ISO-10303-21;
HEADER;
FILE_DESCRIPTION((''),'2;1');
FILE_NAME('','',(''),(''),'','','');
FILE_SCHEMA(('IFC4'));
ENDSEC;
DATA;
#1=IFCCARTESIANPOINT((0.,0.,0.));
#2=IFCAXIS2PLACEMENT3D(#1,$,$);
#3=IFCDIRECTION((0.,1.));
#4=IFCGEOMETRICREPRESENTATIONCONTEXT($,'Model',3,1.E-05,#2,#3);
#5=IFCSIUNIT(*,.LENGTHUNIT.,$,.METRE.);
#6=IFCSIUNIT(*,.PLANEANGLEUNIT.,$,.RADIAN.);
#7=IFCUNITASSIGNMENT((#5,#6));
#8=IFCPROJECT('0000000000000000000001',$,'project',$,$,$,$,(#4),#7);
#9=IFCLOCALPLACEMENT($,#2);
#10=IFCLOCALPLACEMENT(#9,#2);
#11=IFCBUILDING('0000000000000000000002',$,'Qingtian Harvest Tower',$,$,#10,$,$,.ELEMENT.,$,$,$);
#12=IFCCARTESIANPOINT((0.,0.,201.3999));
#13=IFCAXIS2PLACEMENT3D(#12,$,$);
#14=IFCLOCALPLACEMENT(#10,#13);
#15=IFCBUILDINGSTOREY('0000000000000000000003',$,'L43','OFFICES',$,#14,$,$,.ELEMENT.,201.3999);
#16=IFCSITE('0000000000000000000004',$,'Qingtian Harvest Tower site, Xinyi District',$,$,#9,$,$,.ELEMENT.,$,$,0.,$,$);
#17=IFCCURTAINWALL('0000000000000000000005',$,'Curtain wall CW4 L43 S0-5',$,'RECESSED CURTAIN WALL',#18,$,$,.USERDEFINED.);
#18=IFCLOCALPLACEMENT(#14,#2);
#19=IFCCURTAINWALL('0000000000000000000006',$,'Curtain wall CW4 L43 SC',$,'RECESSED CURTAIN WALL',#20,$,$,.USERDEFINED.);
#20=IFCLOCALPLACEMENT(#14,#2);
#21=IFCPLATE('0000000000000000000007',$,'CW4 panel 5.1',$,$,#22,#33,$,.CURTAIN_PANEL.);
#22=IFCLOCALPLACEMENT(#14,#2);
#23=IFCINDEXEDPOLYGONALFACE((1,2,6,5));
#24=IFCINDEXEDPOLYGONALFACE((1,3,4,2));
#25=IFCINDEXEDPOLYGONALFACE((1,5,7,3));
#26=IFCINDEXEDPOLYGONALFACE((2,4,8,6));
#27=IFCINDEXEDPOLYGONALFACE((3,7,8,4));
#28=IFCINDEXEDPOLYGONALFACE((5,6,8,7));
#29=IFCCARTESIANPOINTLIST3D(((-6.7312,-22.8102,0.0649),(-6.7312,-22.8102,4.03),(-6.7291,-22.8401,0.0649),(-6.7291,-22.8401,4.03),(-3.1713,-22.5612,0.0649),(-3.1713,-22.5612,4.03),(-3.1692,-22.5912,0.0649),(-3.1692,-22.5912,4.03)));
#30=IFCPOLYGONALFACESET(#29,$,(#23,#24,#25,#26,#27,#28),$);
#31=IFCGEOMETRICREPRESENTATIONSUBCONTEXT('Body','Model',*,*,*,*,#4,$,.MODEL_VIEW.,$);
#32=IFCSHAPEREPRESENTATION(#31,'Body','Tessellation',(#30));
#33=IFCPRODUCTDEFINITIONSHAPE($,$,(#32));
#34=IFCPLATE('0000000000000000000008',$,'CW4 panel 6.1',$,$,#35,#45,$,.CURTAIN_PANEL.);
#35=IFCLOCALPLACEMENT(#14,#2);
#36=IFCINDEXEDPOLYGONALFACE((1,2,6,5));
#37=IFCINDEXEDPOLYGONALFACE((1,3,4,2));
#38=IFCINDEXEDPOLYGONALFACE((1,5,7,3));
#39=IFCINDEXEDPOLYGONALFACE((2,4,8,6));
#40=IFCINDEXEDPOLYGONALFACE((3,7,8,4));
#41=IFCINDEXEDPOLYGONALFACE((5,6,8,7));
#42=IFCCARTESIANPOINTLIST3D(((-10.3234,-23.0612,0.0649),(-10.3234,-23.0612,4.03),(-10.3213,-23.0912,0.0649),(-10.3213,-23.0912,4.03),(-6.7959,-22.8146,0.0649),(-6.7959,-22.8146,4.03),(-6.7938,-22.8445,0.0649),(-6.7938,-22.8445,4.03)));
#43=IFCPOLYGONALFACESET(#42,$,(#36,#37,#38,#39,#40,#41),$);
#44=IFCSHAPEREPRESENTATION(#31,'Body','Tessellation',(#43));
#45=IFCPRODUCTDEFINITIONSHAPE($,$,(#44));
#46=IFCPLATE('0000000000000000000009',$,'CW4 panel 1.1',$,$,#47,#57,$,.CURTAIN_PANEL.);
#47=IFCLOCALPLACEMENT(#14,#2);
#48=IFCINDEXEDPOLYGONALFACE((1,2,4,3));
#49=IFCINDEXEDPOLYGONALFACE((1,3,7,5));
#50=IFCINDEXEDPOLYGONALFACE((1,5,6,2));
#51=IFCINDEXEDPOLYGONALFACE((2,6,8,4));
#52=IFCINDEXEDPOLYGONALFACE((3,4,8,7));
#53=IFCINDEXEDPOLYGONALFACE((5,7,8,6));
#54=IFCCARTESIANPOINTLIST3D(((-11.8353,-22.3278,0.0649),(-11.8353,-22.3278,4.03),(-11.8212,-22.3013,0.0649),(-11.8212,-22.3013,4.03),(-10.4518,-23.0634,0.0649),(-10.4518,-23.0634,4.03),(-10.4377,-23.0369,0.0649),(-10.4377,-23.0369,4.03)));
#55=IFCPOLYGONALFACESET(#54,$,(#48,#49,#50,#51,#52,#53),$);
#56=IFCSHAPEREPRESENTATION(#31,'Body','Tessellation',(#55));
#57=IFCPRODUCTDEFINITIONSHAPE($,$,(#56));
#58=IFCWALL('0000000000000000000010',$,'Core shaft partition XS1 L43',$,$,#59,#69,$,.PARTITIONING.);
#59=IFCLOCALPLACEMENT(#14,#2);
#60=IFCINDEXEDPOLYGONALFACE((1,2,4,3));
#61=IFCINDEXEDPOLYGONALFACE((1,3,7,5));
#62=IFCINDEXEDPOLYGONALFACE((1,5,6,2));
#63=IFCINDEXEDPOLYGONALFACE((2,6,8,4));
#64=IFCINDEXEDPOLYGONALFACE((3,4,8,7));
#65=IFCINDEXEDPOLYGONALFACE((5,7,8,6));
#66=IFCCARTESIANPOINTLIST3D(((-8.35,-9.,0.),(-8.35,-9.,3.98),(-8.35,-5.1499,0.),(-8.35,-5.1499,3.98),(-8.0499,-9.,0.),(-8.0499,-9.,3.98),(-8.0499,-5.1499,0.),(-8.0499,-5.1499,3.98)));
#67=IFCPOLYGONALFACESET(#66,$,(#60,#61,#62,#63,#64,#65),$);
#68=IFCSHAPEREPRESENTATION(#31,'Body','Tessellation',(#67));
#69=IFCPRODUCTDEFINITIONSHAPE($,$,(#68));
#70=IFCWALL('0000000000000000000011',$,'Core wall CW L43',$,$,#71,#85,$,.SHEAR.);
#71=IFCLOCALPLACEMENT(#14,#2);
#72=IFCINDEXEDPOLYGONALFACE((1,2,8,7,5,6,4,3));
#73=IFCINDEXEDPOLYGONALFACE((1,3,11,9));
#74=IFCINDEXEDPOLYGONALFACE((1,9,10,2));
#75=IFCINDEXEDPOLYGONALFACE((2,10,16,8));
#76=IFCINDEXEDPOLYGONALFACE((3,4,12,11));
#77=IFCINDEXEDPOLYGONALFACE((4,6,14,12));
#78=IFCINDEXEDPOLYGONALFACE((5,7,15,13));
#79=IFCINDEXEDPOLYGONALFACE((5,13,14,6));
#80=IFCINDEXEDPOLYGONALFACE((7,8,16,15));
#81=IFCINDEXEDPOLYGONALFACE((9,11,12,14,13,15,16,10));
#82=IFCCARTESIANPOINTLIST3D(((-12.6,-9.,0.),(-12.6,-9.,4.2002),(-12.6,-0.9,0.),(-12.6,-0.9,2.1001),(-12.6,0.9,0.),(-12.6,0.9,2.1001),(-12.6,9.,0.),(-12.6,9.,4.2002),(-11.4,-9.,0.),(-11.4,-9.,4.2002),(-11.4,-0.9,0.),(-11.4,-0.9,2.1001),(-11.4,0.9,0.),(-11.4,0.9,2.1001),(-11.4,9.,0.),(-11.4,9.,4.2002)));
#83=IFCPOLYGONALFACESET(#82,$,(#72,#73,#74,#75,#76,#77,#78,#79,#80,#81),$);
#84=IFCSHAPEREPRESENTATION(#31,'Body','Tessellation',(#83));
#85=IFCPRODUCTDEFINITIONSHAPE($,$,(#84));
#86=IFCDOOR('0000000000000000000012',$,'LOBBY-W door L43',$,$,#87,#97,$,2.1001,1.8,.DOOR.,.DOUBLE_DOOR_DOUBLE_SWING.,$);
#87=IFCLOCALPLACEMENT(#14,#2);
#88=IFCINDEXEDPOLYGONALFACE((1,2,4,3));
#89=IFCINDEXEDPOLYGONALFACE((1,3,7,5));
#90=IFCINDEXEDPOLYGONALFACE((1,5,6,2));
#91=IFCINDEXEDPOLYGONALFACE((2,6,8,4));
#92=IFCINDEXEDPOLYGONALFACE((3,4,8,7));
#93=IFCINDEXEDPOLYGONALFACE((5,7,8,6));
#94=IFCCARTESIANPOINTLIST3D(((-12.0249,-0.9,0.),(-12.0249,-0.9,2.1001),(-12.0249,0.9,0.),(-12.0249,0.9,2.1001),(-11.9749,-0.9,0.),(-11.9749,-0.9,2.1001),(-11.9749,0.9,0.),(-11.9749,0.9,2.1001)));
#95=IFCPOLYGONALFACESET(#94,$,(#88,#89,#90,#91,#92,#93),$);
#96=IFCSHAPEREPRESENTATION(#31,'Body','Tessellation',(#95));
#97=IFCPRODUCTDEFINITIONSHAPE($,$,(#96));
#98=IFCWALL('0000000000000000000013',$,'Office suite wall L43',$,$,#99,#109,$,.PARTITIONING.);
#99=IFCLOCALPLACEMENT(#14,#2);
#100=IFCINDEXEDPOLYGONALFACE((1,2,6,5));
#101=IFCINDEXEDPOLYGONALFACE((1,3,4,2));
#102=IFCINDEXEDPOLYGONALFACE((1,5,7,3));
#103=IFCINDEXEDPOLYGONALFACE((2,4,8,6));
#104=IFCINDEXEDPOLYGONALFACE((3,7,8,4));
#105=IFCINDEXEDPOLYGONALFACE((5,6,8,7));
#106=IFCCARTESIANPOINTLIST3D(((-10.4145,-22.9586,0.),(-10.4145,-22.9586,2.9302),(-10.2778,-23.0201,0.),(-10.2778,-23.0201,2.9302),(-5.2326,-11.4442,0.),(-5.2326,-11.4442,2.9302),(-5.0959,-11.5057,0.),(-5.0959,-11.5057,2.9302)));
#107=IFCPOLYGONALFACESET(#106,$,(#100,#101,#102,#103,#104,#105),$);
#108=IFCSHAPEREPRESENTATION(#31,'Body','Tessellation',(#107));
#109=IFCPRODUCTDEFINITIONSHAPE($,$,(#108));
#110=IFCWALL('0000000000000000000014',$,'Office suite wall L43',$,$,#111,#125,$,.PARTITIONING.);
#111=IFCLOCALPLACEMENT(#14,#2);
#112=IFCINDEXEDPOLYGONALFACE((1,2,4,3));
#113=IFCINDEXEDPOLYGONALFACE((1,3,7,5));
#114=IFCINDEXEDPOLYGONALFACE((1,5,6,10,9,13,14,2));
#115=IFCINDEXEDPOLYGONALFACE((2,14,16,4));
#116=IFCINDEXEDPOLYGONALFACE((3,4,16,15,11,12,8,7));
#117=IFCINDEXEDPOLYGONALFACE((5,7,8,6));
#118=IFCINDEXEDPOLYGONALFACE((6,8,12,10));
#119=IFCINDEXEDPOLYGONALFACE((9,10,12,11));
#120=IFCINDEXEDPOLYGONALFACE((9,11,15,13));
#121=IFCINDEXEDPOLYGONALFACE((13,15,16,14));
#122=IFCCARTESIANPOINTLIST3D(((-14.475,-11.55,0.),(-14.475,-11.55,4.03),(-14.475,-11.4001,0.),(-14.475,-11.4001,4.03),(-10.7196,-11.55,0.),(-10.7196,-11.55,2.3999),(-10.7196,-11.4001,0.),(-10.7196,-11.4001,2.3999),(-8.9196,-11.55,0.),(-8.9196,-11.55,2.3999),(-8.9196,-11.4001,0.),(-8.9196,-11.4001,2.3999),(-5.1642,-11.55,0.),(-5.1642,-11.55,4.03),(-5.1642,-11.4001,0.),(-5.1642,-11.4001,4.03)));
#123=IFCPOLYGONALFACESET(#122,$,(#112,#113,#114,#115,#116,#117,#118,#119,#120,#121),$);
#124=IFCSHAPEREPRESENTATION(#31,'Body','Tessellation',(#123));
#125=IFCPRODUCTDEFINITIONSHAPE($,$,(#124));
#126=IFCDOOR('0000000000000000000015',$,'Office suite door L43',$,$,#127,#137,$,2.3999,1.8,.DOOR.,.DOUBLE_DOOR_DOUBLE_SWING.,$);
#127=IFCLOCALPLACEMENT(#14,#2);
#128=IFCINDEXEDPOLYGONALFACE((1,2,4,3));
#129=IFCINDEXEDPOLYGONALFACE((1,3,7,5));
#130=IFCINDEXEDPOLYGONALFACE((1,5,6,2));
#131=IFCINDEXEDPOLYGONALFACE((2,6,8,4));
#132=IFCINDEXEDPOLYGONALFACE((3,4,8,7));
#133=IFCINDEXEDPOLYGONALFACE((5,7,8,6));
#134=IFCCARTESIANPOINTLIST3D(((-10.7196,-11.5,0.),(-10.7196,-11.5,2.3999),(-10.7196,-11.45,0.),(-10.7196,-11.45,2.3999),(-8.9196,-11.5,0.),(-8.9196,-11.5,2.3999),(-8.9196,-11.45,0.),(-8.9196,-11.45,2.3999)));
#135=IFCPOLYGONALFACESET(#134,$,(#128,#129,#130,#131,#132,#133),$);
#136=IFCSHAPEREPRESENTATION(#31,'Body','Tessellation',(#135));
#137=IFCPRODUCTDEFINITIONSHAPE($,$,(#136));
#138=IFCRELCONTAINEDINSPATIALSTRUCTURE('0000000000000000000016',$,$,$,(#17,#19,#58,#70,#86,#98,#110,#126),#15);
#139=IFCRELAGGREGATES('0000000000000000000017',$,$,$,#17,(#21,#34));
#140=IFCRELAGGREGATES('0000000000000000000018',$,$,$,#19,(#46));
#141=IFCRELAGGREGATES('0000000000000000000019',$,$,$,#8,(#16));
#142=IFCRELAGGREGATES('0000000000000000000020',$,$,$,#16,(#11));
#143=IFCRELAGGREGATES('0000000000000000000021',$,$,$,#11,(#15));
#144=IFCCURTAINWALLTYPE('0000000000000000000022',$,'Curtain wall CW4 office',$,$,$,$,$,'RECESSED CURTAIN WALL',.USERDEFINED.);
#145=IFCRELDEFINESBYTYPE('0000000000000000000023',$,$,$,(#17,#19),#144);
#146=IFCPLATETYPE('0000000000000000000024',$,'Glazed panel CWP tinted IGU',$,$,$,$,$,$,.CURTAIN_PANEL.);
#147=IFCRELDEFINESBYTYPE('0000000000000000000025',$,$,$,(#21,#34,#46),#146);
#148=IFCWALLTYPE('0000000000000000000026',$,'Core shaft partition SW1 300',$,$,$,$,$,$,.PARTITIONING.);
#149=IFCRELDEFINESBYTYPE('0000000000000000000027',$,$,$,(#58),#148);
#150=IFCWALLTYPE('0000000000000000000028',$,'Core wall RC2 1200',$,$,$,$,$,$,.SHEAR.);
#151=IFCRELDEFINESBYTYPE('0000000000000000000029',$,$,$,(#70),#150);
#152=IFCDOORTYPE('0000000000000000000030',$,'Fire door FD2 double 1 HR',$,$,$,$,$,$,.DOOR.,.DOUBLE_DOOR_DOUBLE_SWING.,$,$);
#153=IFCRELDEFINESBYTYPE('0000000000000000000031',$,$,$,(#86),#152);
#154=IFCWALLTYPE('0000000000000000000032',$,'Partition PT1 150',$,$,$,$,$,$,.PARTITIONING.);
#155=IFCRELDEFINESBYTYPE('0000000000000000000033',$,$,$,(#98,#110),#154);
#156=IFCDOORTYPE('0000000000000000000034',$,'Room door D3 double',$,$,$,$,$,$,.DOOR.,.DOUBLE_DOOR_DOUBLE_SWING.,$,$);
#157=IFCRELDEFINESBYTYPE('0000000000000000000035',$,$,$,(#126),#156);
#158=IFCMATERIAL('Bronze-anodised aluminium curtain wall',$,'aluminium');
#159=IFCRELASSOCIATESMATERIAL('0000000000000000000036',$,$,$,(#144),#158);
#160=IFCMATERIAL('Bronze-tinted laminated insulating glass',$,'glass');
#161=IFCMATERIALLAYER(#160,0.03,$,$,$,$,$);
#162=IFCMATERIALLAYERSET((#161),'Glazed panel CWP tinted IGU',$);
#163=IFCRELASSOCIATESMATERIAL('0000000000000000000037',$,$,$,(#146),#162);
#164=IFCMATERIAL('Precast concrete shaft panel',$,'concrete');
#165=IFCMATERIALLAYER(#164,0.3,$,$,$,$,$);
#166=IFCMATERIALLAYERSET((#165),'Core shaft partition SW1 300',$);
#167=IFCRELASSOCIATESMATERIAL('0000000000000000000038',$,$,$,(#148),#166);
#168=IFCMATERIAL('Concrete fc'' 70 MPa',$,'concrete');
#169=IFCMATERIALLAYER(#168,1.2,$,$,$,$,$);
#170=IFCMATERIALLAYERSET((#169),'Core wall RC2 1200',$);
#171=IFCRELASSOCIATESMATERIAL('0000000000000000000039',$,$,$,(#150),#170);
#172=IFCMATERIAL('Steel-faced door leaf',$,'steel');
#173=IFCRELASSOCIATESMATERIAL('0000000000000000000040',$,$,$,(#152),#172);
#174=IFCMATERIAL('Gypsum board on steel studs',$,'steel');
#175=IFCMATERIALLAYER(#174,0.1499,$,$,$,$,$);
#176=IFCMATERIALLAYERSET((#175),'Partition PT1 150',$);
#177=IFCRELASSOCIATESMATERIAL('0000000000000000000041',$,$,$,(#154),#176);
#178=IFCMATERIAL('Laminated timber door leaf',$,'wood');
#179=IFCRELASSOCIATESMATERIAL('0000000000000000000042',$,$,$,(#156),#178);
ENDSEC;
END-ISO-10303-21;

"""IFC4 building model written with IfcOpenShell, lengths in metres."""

from ifc_helpers import new_model, si_unit, direction, frame, frame_2d, origin, origin_2d, place, context, subcontext, project, spatial, rectangle, extrude, material, layer, layer_set, type_object, element, fill, aggregate, save


model = new_model("IFC4")

# Units and contexts
model_context = context("Model", 3, precision=1e-05, world=origin(), true_north=direction((0.0, 1.0)))
body_context = subcontext(model_context, "Body", "Model", "MODEL_VIEW")
ifc_project = project(units=[si_unit("LENGTHUNIT", "METRE"), si_unit("PLANEANGLEUNIT", "RADIAN")], contexts=[model_context])

# Site, building, storey
site_placement = place(None, origin())
site = spatial("IfcSite", under=ifc_project, at=site_placement, Name="Qingtian Harvest Tower site, Xinyi District", CompositionType="ELEMENT", RefElevation=0.0)
building_placement = place(site_placement, origin())
building = spatial("IfcBuilding", under=site, at=building_placement, Name="Qingtian Harvest Tower", CompositionType="ELEMENT")
storey_placement = place(building_placement, frame((0.0, 0.0, 201.3999)))
storey = spatial("IfcBuildingStorey", under=building, at=storey_placement, Name="L43", Description="OFFICES", CompositionType="ELEMENT", Elevation=201.3999)

# Curtain walls
ifc_material_1 = material(Name="Bronze-anodised aluminium curtain wall", Category="aluminium")
curtain_wall_type = type_object("IfcCurtainWallType", Name="Curtain wall CW4 office", ElementType="RECESSED CURTAIN WALL", PredefinedType="USERDEFINED", material=ifc_material_1)
curtain_wall_1_placement = place(storey_placement, origin())
curtain_wall_1 = element("IfcCurtainWall", 1, at=curtain_wall_1_placement, inside=storey, type_object=curtain_wall_type, Name="Curtain wall CW4 L43 S0-5", ObjectType="RECESSED CURTAIN WALL", PredefinedType="USERDEFINED")
curtain_wall_2_placement = place(storey_placement, origin())
curtain_wall_2 = element("IfcCurtainWall", 2, at=curtain_wall_2_placement, inside=storey, type_object=curtain_wall_type, Name="Curtain wall CW4 L43 SC", ObjectType="RECESSED CURTAIN WALL", PredefinedType="USERDEFINED")

# Plates
ifc_material_2 = material(Name="Bronze-tinted laminated insulating glass", Category="glass")
ifc_layer_1 = layer(ifc_material_2, 0.03)
ifc_layer_set_1 = layer_set([ifc_layer_1], Name="Glazed panel CWP tinted IGU")
plate_type = type_object("IfcPlateType", Name="Glazed panel CWP tinted IGU", PredefinedType="CURTAIN_PANEL", material=ifc_layer_set_1)
plate_1_placement = place(storey_placement, frame((-4.9502, -22.7007, 0.0649), z_axis=(0.0, 0.0, 1.0), x_axis=(-0.997564, -0.069756, 0.0)))
plate_1 = element("IfcPlate", 3, at=plate_1_placement, type_object=plate_type, Name="CW4 panel 5.1", PredefinedType="CURTAIN_PANEL", context=body_context, shape_type="SweptSolid", body=[
    extrude(rectangle(XDim=3.5686, YDim=0.03, at=origin_2d()), origin(), (0.0, 0.0, 1.0), 3.9651),
])
plate_2_placement = place(storey_placement, frame((-8.5586, -22.9529, 0.0649), z_axis=(0.0, 0.0, 1.0), x_axis=(-0.997564, -0.069756, 0.0)))
plate_2 = element("IfcPlate", 4, at=plate_2_placement, type_object=plate_type, Name="CW4 panel 6.1", PredefinedType="CURTAIN_PANEL", context=body_context, shape_type="SweptSolid", body=[
    extrude(rectangle(XDim=3.5361, YDim=0.03, at=origin_2d()), origin(), (0.0, 0.0, 1.0), 3.9651),
])
aggregate(curtain_wall_1, [plate_1, plate_2])
plate_3_placement = place(storey_placement, frame((-11.1365, -22.6824, 0.0649), z_axis=(0.0, 0.0, 1.0), x_axis=(-0.882948, 0.469472, 0.0)))
plate_3 = element("IfcPlate", 5, at=plate_3_placement, type_object=plate_type, Name="CW4 panel 1.1", PredefinedType="CURTAIN_PANEL", context=body_context, shape_type="SweptSolid", body=[
    extrude(rectangle(XDim=1.5669, YDim=0.03, at=origin_2d()), origin(), (0.0, 0.0, 1.0), 3.9651),
])
aggregate(curtain_wall_2, [plate_3])

# Wall
ifc_material_3 = material(Name="Precast concrete shaft panel", Category="concrete")
ifc_layer_2 = layer(ifc_material_3, 0.3)
ifc_layer_set_2 = layer_set([ifc_layer_2], Name="Core shaft partition SW1 300")
wall_type_1 = type_object("IfcWallType", Name="Core shaft partition SW1 300", PredefinedType="PARTITIONING", material=ifc_layer_set_2)
wall_1_placement = place(storey_placement, frame((-8.2, -9.0, 0.0), z_axis=(0.0, 0.0, 1.0), x_axis=(0.0, 1.0, 0.0)))
element("IfcWall", 6, at=wall_1_placement, inside=storey, type_object=wall_type_1, Name="Core shaft partition XS1 L43", PredefinedType="PARTITIONING", context=body_context, shape_type="SweptSolid", body=[
    extrude(rectangle(XDim=3.8501, YDim=0.3, at=frame_2d((1.925, 0.0))), origin(), (0.0, 0.0, 1.0), 3.98),
])

# Wall, opening, door
ifc_material_4 = material(Name="Concrete fc' 70 MPa", Category="concrete")
ifc_layer_3 = layer(ifc_material_4, 1.2)
ifc_layer_set_3 = layer_set([ifc_layer_3], Name="Core wall RC2 1200")
wall_type_2 = type_object("IfcWallType", Name="Core wall RC2 1200", PredefinedType="SHEAR", material=ifc_layer_set_3)
wall_2_placement = place(storey_placement, frame((-12.0, -9.0, 0.0), z_axis=(0.0, 0.0, 1.0), x_axis=(0.0, 1.0, 0.0)))
wall_2 = element("IfcWall", 7, at=wall_2_placement, inside=storey, type_object=wall_type_2, Name="Core wall CW L43", PredefinedType="SHEAR", context=body_context, shape_type="SweptSolid", body=[
    extrude(rectangle(XDim=18.0, YDim=1.2, at=frame_2d((9.0, 0.0))), origin(), (0.0, 0.0, 1.0), 4.2002),
])
opening_1_placement = place(wall_2_placement, frame((8.1001, 0.0, 0.0)))
opening_1 = element("IfcOpeningElement", 8, at=opening_1_placement, cuts=wall_2, PredefinedType="OPENING", context=body_context, shape_type="SweptSolid", body=[
    extrude(rectangle(XDim=1.8, YDim=2.1001, at=frame_2d((0.8999, 1.05))), frame((0.0, 0.6099, 0.0), z_axis=(0.0, -1.0, 0.0), x_axis=(1.0, 0.0, 0.0)), (0.0, 0.0, 1.0), 1.22),
])
ifc_material_5 = material(Name="Steel-faced door leaf", Category="steel")
door_type_1 = type_object("IfcDoorType", Name="Fire door FD2 double 1 HR", OperationType="DOUBLE_DOOR_DOUBLE_SWING", PredefinedType="DOOR", material=ifc_material_5)
door_1_placement = place(opening_1_placement, origin())
door_1 = element("IfcDoor", 9, at=door_1_placement, inside=storey, type_object=door_type_1, Name="LOBBY-W door L43", OperationType="DOUBLE_DOOR_DOUBLE_SWING", OverallHeight=2.1001, OverallWidth=1.8, PredefinedType="DOOR", context=body_context, shape_type="SweptSolid", body=[
    extrude(rectangle(XDim=1.8, YDim=2.1001, at=frame_2d((0.8999, 1.05))), frame((0.0, 0.0249, 0.0), z_axis=(0.0, -1.0, 0.0), x_axis=(1.0, 0.0, 0.0)), (0.0, 0.0, 1.0), 0.05),
])
fill(opening_1, door_1)

# Wall
ifc_material_6 = material(Name="Gypsum board on steel studs", Category="steel")
ifc_layer_4 = layer(ifc_material_6, 0.1499)
ifc_layer_set_4 = layer_set([ifc_layer_4], Name="Partition PT1 150")
wall_type_3 = type_object("IfcWallType", Name="Partition PT1 150", PredefinedType="PARTITIONING", material=ifc_layer_set_4)
wall_3_placement = place(storey_placement, frame((-10.3462, -22.9895, 0.0), z_axis=(0.0, 0.0, 1.0), x_axis=(0.410391, 0.91191, 0.0)))
element("IfcWall", 10, at=wall_3_placement, inside=storey, type_object=wall_type_3, Name="Office suite wall L43", PredefinedType="PARTITIONING", context=body_context, shape_type="SweptSolid", body=[
    extrude(rectangle(XDim=12.6267, YDim=0.1499, at=frame_2d((6.3135, 0.0))), origin(), (0.0, 0.0, 1.0), 2.9302),
])

# Wall, opening, door
wall_4_placement = place(storey_placement, frame((-5.1643, -11.4751, 0.0), z_axis=(0.0, 0.0, 1.0), x_axis=(-1.0, 0.0, 0.0)))
wall_4 = element("IfcWall", 11, at=wall_4_placement, inside=storey, type_object=wall_type_3, Name="Office suite wall L43", PredefinedType="PARTITIONING", context=body_context, shape_type="SweptSolid", body=[
    extrude(rectangle(XDim=9.3108, YDim=0.1499, at=frame_2d((4.6553, 0.0))), origin(), (0.0, 0.0, 1.0), 4.03),
])
opening_2_placement = place(wall_4_placement, frame((3.7554, 0.0, 0.0)))
opening_2 = element("IfcOpeningElement", 12, at=opening_2_placement, cuts=wall_4, PredefinedType="OPENING", context=body_context, shape_type="SweptSolid", body=[
    extrude(rectangle(XDim=1.8, YDim=2.3999, at=frame_2d((0.8999, 1.2))), frame((0.0, 0.085, 0.0), z_axis=(0.0, -1.0, 0.0), x_axis=(1.0, 0.0, 0.0)), (0.0, 0.0, 1.0), 0.1699),
])
ifc_material_7 = material(Name="Laminated timber door leaf", Category="wood")
door_type_2 = type_object("IfcDoorType", Name="Room door D3 double", OperationType="DOUBLE_DOOR_DOUBLE_SWING", PredefinedType="DOOR", material=ifc_material_7)
door_2_placement = place(opening_2_placement, origin())
door_2 = element("IfcDoor", 13, at=door_2_placement, inside=storey, type_object=door_type_2, Name="Office suite door L43", OperationType="DOUBLE_DOOR_DOUBLE_SWING", OverallHeight=2.3999, OverallWidth=1.8, PredefinedType="DOOR", context=body_context, shape_type="SweptSolid", body=[
    extrude(rectangle(XDim=1.8, YDim=2.3999, at=frame_2d((0.8999, 1.2))), frame((0.0, 0.0249, 0.0), z_axis=(0.0, -1.0, 0.0), x_axis=(1.0, 0.0, 0.0)), (0.0, 0.0, 1.0), 0.05),
])
fill(opening_2, door_2)

save(model, "model.ifc")
